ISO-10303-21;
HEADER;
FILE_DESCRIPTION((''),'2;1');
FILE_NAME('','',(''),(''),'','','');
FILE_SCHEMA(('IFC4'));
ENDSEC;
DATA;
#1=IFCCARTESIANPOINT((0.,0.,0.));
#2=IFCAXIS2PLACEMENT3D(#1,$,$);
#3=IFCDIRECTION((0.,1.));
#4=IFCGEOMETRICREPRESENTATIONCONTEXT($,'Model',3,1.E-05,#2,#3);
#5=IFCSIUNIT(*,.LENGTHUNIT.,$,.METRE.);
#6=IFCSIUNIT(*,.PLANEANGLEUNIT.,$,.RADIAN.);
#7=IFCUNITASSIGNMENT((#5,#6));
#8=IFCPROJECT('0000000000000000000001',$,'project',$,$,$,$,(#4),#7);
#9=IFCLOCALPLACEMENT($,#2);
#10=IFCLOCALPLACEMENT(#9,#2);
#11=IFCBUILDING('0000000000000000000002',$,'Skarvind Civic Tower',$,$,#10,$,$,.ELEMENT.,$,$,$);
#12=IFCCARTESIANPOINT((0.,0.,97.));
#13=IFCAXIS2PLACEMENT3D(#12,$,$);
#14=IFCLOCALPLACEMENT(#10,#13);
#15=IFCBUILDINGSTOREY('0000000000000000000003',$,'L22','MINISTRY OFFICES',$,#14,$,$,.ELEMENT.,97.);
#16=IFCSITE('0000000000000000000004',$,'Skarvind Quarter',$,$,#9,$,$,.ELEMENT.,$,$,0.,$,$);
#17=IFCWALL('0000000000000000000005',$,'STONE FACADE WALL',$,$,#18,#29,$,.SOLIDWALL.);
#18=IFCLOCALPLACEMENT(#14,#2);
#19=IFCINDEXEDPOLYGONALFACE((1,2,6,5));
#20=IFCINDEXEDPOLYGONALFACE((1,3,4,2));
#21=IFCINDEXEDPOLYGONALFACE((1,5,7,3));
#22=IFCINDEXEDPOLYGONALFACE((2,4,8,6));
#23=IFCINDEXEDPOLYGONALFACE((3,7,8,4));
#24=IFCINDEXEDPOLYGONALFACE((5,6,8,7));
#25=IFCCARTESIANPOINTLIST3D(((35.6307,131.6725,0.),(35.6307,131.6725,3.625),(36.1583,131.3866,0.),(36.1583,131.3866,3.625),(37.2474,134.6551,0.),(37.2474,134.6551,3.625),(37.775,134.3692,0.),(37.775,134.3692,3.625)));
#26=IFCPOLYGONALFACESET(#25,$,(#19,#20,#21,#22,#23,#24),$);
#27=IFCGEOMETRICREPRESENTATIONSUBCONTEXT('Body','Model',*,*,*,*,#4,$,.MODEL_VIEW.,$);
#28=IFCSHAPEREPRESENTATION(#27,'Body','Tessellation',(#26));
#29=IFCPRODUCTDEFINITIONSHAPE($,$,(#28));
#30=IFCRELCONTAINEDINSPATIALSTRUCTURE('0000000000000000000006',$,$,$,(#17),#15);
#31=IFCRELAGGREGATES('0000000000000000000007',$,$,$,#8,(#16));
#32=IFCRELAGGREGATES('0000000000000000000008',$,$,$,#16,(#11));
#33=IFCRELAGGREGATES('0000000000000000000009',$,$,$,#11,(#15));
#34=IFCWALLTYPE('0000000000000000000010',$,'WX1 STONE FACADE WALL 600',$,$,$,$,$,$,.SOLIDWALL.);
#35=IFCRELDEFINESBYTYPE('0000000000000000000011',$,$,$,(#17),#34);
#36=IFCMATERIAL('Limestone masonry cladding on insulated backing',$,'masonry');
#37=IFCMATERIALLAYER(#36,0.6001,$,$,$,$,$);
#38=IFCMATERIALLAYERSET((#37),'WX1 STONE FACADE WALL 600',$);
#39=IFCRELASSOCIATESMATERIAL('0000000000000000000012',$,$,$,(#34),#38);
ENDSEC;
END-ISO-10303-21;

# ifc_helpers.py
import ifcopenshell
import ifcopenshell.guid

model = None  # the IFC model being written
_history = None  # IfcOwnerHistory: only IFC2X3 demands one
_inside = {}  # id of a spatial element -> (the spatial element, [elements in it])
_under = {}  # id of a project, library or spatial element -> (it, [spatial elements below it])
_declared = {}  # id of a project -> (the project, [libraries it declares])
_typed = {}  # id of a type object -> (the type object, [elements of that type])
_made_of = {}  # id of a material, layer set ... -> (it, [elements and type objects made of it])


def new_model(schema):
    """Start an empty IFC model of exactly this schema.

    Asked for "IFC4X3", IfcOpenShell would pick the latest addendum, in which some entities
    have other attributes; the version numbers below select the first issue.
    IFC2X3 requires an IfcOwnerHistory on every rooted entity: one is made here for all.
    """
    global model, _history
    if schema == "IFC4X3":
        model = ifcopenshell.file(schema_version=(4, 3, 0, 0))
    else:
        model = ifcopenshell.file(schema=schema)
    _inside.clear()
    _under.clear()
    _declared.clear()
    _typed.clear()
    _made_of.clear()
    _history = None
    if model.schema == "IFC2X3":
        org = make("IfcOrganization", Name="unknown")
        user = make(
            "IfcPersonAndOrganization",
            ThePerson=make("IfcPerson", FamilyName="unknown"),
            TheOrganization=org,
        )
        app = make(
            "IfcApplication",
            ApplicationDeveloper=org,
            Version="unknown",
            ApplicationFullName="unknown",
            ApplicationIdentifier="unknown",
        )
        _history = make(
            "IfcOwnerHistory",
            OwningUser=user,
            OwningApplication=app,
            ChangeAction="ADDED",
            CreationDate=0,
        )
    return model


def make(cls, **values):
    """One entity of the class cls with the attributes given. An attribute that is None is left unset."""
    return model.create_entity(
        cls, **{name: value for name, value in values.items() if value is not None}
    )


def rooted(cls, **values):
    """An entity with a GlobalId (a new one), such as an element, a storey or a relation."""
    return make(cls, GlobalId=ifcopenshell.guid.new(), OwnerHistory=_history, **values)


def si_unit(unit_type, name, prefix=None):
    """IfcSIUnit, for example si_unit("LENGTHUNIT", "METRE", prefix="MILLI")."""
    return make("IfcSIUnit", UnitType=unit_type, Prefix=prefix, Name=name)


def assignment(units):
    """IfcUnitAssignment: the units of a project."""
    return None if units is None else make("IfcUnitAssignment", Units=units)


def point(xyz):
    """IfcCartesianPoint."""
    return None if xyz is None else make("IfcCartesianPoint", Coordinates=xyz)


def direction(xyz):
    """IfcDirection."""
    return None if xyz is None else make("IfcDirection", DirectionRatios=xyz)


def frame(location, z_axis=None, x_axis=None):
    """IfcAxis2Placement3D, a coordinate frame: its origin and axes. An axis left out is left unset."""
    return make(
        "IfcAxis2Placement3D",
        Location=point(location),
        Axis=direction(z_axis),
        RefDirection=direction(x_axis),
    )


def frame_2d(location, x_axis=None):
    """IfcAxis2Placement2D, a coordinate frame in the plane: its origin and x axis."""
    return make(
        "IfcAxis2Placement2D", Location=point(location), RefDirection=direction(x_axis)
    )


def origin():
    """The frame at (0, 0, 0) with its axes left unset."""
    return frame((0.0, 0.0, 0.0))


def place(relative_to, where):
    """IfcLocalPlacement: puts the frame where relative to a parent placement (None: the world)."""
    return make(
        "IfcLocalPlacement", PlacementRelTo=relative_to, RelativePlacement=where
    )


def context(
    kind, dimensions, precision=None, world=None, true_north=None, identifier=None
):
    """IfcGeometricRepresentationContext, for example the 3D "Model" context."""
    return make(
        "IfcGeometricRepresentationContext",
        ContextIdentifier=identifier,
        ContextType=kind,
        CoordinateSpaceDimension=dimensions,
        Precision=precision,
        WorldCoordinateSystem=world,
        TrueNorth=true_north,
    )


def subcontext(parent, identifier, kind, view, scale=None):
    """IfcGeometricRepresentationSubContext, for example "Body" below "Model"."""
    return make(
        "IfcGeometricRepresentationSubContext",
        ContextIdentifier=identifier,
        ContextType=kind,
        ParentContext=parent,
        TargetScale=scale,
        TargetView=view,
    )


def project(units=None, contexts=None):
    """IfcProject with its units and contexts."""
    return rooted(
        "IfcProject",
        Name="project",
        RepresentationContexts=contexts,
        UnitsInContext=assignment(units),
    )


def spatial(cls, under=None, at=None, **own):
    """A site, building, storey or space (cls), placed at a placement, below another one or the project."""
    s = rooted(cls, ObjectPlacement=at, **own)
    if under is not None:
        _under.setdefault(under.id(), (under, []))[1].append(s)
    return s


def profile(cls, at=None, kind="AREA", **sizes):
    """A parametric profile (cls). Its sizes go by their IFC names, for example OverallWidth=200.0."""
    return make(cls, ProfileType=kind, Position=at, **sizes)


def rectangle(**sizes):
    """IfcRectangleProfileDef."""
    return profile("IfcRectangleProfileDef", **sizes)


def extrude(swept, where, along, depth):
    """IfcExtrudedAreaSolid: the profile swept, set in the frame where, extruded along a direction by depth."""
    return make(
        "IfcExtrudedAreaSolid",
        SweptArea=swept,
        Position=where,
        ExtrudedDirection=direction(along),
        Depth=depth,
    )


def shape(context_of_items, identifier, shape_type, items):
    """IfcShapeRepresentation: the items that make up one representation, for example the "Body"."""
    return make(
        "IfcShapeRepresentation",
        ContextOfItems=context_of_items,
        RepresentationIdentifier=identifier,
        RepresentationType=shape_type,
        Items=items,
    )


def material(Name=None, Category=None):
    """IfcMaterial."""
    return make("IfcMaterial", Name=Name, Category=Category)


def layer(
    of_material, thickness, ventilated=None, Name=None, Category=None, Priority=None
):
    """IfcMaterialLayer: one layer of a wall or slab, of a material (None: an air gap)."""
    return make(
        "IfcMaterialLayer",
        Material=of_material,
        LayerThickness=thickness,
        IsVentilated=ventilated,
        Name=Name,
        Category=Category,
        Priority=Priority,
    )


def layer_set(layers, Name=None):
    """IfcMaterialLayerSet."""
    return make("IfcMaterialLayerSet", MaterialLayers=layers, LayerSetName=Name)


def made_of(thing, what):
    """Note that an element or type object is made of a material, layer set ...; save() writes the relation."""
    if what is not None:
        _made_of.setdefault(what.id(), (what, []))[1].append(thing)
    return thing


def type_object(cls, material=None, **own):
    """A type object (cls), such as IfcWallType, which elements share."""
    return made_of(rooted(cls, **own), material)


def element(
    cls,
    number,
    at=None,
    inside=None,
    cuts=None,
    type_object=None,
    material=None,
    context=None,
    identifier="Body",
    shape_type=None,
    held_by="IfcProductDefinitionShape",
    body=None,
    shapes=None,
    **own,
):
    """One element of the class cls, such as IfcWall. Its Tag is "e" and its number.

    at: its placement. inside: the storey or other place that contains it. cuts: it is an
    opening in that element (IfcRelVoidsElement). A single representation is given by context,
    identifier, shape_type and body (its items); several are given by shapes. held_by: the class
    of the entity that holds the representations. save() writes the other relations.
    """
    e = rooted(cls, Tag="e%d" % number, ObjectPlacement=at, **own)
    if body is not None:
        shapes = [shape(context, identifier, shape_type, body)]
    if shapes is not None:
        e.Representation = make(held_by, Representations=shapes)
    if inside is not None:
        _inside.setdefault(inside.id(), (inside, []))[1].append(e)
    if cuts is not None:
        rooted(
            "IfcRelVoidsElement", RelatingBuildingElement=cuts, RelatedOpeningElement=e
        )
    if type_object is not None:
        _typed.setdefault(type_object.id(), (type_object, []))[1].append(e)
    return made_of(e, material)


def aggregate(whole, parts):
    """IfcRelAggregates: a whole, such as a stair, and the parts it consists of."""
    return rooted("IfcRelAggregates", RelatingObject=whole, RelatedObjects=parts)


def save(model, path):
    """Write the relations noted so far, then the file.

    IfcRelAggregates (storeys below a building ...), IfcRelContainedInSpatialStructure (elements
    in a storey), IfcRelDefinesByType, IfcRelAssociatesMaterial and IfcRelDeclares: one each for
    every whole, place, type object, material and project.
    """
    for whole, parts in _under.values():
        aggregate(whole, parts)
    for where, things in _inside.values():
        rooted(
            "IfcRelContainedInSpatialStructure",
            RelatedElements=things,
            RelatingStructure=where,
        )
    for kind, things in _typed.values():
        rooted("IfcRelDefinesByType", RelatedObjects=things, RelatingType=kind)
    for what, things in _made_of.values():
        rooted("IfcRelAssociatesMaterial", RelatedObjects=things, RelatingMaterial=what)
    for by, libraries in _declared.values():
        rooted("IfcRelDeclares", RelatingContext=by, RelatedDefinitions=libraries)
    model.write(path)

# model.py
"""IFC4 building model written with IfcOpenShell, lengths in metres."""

from ifc_helpers import new_model, si_unit, direction, frame, frame_2d, origin, place, context, subcontext, project, spatial, rectangle, extrude, material, layer, layer_set, type_object, element, save


model = new_model("IFC4")

# Units and contexts
model_context = context("Model", 3, precision=1e-05, world=origin(), true_north=direction((0.0, 1.0)))
body_context = subcontext(model_context, "Body", "Model", "MODEL_VIEW")
ifc_project = project(units=[si_unit("LENGTHUNIT", "METRE"), si_unit("PLANEANGLEUNIT", "RADIAN")], contexts=[model_context])

# Site, building, storey
site_placement = place(None, origin())
site = spatial("IfcSite", under=ifc_project, at=site_placement, Name="Skarvind Quarter", CompositionType="ELEMENT", RefElevation=0.0)
building_placement = place(site_placement, origin())
building = spatial("IfcBuilding", under=site, at=building_placement, Name="Skarvind Civic Tower", CompositionType="ELEMENT")
storey_placement = place(building_placement, frame((0.0, 0.0, 97.0)))
storey = spatial("IfcBuildingStorey", under=building, at=storey_placement, Name="L22", Description="MINISTRY OFFICES", CompositionType="ELEMENT", Elevation=97.0)

# Shared definitions
ifc_material_1 = material(Name="Limestone masonry cladding on insulated backing", Category="masonry")
ifc_layer_1 = layer(ifc_material_1, 0.6001)
ifc_layer_set_1 = layer_set([ifc_layer_1], Name="WX1 STONE FACADE WALL 600")
wall_type_1 = type_object("IfcWallType", Name="WX1 STONE FACADE WALL 600", PredefinedType="SOLIDWALL", material=ifc_layer_set_1)

# Wall
wall_1_placement = place(storey_placement, frame((35.8945, 131.5295, 0.0), z_axis=(0.0, 0.0, 1.0), x_axis=(0.476531, 0.879158, 0.0)))
element("IfcWall", 1, at=wall_1_placement, inside=storey, type_object=wall_type_1, Name="STONE FACADE WALL", PredefinedType="SOLIDWALL", context=body_context, shape_type="SweptSolid", body=[
    extrude(rectangle(XDim=3.3926, YDim=0.6001, at=frame_2d((1.6963, 0.0))), origin(), (0.0, 0.0, 1.0), 3.625),
])

save(model, "model.ifc")
